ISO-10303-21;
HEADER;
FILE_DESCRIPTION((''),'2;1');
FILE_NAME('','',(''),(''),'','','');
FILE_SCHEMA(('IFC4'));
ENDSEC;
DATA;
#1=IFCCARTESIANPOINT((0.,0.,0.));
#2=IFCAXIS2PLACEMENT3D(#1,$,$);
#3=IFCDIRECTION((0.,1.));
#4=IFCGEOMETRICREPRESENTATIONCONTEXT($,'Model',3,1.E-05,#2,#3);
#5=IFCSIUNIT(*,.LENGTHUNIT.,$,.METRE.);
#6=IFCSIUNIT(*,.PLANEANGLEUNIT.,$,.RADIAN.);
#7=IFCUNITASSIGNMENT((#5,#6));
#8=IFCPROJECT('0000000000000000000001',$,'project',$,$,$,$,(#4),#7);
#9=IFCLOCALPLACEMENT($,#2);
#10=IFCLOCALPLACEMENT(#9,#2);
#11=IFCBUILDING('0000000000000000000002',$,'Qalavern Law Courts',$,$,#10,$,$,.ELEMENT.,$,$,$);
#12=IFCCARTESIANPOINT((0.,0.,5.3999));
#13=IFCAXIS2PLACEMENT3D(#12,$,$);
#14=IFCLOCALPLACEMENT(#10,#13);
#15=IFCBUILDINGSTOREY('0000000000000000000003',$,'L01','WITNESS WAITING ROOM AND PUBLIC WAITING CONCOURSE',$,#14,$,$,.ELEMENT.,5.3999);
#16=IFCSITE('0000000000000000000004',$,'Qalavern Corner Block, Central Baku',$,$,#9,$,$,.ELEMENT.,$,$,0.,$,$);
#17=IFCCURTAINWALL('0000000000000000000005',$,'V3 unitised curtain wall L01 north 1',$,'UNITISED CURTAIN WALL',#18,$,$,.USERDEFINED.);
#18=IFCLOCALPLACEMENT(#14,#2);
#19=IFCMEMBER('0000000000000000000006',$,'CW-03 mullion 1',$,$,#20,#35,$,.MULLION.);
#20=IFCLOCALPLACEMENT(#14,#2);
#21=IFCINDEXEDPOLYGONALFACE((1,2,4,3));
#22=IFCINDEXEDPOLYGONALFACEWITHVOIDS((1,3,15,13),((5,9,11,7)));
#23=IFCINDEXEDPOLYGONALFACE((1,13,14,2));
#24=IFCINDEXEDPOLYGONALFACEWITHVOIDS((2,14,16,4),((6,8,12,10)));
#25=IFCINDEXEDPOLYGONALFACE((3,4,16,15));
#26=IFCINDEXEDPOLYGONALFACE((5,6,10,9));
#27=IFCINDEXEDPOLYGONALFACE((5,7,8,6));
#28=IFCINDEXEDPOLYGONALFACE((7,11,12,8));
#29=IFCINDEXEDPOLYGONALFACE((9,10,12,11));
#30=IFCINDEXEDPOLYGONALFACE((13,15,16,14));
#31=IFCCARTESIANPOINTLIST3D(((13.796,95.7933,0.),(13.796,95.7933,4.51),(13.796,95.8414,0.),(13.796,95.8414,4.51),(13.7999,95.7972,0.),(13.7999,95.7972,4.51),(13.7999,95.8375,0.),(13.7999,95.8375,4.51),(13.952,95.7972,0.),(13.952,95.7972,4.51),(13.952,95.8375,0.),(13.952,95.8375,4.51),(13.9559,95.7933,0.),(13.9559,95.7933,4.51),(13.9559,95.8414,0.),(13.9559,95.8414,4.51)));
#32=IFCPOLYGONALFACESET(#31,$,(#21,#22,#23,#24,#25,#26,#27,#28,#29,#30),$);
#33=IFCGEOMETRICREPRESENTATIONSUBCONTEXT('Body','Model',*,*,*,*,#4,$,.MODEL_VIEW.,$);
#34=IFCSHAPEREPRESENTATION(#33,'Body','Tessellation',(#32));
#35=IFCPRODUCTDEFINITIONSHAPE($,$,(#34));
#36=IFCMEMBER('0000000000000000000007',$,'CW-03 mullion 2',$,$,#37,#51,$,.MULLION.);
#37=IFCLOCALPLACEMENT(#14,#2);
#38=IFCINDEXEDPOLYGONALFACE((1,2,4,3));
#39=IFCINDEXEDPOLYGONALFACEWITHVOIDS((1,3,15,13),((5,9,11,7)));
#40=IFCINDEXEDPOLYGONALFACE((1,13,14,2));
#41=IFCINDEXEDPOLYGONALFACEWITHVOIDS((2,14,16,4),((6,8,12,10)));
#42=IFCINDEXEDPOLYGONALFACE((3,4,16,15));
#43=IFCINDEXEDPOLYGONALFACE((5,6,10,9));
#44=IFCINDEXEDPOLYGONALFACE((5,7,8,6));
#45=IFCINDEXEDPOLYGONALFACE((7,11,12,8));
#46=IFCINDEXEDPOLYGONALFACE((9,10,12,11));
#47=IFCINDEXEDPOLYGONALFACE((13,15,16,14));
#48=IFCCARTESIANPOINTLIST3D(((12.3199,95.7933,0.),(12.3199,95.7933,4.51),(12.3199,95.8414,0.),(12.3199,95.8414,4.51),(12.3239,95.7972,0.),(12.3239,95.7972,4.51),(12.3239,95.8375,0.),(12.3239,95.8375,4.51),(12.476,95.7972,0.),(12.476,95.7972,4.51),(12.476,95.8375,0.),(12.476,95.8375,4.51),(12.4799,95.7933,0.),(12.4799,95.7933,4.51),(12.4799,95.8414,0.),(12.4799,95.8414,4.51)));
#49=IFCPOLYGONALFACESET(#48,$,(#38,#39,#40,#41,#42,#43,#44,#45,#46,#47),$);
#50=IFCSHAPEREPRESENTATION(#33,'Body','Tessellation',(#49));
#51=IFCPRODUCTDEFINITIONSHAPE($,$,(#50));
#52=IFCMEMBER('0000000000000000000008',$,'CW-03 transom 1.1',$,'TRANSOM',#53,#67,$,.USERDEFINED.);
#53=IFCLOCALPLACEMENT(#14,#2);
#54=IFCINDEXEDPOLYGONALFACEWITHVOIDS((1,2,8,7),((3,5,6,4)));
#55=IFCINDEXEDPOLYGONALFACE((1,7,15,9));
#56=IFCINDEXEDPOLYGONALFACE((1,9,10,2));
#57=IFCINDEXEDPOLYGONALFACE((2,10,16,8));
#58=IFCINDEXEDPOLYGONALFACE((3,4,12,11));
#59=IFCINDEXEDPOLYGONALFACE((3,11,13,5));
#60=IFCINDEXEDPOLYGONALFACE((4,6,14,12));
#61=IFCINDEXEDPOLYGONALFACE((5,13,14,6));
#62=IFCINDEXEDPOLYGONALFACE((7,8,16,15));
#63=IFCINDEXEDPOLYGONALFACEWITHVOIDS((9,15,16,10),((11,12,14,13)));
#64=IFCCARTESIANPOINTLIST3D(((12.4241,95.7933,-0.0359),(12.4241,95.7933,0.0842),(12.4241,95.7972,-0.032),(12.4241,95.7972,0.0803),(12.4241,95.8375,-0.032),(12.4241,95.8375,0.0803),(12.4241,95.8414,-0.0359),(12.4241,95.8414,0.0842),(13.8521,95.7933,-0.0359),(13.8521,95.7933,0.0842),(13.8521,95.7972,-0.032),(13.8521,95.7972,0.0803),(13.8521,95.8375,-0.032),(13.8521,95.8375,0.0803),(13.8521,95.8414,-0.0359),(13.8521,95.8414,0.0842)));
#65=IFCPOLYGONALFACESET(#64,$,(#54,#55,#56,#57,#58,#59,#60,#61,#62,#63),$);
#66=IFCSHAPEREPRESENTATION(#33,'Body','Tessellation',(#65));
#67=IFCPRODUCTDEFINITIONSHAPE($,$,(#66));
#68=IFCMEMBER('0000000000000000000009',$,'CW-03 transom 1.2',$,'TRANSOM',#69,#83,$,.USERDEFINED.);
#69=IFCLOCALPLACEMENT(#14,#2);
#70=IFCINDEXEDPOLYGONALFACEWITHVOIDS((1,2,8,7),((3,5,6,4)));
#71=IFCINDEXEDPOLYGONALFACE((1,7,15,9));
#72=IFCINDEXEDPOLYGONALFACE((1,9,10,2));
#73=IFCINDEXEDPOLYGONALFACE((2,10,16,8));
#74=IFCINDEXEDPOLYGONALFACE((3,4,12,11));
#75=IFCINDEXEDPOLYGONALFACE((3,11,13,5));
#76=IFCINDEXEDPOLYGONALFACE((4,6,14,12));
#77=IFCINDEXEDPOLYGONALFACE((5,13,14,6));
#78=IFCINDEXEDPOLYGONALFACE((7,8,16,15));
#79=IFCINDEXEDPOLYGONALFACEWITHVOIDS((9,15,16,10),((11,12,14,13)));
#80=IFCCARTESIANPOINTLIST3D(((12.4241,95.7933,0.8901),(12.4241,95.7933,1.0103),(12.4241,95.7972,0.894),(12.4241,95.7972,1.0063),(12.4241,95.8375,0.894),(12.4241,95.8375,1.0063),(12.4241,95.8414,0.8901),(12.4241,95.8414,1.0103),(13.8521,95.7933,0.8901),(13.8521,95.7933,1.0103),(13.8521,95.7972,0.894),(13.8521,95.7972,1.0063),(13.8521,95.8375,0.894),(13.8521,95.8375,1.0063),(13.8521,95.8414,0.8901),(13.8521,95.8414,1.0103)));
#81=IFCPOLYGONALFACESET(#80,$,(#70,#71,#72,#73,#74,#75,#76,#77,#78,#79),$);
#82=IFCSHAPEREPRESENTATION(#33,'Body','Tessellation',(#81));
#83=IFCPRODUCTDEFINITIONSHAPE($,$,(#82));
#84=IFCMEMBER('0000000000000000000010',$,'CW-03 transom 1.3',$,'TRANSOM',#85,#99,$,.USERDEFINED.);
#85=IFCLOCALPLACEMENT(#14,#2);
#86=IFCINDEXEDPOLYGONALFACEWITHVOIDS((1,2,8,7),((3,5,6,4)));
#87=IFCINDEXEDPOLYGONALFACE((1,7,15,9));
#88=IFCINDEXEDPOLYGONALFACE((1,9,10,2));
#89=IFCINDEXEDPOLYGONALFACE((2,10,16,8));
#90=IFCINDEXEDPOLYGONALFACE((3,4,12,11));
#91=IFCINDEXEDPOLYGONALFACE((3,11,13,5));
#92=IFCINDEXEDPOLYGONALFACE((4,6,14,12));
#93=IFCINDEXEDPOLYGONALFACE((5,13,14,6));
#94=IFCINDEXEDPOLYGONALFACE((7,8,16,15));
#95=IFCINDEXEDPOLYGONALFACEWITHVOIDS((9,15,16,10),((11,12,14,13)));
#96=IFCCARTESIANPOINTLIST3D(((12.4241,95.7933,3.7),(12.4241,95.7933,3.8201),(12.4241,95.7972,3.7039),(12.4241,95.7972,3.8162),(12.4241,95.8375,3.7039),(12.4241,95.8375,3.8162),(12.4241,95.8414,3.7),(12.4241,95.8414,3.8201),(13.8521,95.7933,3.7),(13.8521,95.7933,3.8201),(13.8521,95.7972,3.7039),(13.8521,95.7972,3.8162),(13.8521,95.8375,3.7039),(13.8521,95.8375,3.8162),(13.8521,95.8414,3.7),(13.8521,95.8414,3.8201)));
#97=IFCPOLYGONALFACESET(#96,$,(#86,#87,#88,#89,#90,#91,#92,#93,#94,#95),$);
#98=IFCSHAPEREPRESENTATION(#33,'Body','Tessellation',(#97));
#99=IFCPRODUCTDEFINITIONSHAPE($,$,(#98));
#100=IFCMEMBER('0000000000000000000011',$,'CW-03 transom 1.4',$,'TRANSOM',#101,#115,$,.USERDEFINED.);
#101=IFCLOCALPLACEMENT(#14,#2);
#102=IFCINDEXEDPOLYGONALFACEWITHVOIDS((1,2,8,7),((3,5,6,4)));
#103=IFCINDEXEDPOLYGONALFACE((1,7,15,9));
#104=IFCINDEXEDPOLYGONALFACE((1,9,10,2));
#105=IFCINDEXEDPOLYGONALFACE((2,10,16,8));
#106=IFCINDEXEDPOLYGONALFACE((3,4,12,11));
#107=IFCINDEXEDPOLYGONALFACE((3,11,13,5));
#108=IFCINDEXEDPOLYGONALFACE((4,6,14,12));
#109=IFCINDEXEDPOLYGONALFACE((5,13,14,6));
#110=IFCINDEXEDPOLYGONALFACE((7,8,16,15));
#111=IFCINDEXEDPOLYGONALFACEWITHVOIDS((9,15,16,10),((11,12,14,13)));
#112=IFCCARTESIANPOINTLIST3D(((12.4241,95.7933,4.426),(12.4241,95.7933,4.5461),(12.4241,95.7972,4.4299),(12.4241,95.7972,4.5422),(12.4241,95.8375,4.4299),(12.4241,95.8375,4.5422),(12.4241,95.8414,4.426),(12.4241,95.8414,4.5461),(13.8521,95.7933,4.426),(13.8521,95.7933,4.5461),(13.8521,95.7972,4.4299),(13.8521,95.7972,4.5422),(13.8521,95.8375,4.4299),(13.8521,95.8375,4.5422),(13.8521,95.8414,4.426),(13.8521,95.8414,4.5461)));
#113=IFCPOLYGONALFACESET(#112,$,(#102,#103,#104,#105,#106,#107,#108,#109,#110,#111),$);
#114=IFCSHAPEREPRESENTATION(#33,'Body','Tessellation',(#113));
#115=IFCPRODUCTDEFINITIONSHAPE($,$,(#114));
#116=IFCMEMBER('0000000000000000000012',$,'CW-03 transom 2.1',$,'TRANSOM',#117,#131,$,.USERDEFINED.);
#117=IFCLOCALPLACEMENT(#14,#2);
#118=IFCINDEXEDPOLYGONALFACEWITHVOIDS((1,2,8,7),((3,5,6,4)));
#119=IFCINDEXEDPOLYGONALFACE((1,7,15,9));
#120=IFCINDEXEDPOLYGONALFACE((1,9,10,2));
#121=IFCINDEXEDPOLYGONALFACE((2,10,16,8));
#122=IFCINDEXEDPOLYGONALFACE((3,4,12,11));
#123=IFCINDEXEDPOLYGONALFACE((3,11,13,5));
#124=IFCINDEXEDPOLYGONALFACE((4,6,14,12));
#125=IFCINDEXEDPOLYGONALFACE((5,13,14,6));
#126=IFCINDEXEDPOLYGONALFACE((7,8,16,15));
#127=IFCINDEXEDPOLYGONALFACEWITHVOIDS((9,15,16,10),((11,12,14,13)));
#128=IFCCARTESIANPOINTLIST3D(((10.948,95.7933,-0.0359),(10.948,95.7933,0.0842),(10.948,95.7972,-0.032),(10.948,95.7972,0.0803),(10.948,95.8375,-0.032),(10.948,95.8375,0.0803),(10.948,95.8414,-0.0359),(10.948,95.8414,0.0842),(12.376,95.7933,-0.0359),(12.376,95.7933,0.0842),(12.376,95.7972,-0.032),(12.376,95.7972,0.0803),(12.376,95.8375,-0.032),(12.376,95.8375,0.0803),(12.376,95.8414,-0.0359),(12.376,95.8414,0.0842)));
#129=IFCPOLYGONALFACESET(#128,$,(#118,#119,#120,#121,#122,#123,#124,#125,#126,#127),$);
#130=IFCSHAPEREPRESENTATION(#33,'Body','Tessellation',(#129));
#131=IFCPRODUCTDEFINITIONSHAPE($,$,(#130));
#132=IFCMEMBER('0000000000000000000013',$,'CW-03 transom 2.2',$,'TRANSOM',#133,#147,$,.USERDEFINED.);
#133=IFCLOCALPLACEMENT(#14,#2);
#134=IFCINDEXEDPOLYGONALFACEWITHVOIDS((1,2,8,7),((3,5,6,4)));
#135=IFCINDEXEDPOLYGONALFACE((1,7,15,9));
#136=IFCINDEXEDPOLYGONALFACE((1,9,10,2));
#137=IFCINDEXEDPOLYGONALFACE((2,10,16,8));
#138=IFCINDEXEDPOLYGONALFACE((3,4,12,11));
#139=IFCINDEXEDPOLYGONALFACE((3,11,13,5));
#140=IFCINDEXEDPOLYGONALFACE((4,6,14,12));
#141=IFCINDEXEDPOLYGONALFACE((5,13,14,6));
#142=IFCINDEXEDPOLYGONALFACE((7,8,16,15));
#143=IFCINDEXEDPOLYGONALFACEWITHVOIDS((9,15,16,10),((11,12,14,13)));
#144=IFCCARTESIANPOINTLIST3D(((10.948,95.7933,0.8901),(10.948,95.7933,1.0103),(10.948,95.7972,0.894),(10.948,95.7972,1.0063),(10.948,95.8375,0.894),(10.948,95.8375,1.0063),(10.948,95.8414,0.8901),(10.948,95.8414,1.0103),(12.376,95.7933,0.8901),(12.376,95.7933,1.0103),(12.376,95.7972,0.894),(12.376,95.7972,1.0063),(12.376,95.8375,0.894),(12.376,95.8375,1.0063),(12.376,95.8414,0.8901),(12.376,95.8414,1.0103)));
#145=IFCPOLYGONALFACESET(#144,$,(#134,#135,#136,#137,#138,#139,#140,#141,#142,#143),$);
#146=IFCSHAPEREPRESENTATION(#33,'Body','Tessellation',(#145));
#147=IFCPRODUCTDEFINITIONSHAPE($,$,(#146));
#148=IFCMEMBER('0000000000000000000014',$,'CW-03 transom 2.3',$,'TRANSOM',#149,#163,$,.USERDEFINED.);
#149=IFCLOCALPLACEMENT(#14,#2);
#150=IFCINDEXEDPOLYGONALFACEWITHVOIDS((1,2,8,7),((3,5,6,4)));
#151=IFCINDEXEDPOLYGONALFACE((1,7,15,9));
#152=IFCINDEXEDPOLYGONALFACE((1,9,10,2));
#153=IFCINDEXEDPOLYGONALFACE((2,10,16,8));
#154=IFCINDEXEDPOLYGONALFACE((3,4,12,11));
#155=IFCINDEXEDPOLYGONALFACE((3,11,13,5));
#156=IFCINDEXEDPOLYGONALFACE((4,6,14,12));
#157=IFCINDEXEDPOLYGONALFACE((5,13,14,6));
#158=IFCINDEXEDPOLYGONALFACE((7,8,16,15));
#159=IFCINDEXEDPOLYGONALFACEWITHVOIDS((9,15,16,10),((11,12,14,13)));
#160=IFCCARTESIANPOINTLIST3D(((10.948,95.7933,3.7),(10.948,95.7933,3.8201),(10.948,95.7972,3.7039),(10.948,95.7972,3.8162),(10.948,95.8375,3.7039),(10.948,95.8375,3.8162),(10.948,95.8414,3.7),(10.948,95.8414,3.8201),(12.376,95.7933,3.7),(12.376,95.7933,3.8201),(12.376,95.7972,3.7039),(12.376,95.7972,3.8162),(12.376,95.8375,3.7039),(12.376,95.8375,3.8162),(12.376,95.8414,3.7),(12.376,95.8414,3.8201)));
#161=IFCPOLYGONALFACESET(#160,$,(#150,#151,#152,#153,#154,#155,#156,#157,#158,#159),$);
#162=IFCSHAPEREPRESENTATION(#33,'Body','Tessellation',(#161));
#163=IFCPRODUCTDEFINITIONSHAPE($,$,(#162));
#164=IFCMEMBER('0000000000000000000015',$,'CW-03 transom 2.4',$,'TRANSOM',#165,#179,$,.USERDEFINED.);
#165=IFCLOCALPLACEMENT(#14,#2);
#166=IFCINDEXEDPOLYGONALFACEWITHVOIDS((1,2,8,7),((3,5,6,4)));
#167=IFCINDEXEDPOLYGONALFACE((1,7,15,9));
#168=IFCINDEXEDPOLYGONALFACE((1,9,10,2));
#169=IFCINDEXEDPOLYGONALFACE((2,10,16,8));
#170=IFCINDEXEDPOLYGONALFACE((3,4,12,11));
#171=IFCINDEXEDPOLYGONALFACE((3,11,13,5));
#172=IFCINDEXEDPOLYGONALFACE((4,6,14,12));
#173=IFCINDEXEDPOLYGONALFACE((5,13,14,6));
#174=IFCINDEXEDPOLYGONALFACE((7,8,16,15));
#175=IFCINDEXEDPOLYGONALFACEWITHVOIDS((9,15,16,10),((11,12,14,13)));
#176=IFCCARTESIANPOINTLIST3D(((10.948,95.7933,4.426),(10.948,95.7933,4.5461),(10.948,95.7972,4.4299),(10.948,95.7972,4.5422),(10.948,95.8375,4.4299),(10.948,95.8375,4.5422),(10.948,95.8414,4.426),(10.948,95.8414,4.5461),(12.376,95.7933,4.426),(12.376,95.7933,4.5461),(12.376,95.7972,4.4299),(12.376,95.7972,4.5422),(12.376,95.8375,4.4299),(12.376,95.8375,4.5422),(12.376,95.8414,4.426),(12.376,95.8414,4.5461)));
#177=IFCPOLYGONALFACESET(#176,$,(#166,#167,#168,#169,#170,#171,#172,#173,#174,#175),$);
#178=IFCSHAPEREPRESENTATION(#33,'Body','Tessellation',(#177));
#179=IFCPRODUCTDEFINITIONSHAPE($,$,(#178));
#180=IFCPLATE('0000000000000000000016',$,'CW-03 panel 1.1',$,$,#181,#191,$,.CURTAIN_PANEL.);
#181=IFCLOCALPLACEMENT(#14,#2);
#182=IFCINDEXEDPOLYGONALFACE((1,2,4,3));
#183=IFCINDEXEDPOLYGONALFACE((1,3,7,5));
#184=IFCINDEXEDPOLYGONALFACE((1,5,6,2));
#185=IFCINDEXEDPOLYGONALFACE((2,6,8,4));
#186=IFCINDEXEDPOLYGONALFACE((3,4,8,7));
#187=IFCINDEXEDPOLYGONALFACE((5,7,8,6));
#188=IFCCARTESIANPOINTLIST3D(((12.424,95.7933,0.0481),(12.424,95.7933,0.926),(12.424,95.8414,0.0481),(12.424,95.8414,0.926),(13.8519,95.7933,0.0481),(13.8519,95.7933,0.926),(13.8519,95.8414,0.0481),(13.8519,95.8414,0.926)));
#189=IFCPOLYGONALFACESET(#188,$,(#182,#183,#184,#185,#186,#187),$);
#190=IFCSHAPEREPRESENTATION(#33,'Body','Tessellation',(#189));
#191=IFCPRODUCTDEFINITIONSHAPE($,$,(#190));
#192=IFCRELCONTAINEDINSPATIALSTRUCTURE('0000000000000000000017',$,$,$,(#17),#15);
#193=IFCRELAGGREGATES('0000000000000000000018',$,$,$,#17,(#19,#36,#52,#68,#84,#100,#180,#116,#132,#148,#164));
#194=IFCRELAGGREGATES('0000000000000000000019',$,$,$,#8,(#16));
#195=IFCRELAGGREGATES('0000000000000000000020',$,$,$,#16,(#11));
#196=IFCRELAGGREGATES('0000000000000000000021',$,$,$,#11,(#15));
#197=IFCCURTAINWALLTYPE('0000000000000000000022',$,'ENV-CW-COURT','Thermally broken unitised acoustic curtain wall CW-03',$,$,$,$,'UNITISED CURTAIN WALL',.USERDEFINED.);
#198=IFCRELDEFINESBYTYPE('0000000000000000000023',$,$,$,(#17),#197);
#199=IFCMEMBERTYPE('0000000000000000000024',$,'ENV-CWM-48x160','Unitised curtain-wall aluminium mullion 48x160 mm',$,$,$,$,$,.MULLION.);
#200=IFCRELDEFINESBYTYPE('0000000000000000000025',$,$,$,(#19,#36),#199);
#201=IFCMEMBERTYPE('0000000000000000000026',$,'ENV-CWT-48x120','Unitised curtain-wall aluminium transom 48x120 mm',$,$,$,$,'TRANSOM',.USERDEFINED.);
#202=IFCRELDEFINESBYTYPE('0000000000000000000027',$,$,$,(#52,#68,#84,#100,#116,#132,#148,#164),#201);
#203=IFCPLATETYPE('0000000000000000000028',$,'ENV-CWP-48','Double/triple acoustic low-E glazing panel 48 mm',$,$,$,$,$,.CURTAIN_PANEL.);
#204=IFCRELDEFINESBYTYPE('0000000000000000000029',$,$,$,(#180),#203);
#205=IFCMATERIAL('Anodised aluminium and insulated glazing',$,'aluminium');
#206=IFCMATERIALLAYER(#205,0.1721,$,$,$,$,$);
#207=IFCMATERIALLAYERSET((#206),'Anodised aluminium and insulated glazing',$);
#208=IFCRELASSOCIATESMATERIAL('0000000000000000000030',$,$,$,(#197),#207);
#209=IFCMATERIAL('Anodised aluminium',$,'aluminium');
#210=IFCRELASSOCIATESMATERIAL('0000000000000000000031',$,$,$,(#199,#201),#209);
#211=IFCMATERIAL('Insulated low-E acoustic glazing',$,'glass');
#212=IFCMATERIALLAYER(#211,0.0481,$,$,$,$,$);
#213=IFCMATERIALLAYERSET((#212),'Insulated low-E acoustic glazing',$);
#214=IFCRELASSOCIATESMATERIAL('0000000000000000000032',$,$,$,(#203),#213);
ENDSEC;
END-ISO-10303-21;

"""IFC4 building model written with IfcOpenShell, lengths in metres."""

from ifc_helpers import new_model, si_unit, direction, frame, origin, origin_2d, place, context, subcontext, project, spatial, rectangle, hollow_rectangle, extrude, material, layer, layer_set, material_profile, profile_set, type_object, element, aggregate, save


model = new_model("IFC4")

# Units and contexts
model_context = context("Model", 3, precision=1e-05, world=origin(), true_north=direction((0.0, 1.0)))
body_context = subcontext(model_context, "Body", "Model", "MODEL_VIEW")
ifc_project = project(units=[si_unit("LENGTHUNIT", "METRE"), si_unit("PLANEANGLEUNIT", "RADIAN")], contexts=[model_context])

# Site, building, storey
site_placement = place(None, origin())
site = spatial("IfcSite", under=ifc_project, at=site_placement, Name="Qalavern Corner Block, Central Baku", CompositionType="ELEMENT", RefElevation=0.0)
building_placement = place(site_placement, origin())
building = spatial("IfcBuilding", under=site, at=building_placement, Name="Qalavern Law Courts", CompositionType="ELEMENT")
storey_placement = place(building_placement, frame((0.0, 0.0, 5.3999)))
storey = spatial("IfcBuildingStorey", under=building, at=storey_placement, Name="L01", Description="WITNESS WAITING ROOM AND PUBLIC WAITING CONCOURSE", CompositionType="ELEMENT", Elevation=5.3999)

# Curtain wall, members, plate
ifc_material_1 = material(Name="Anodised aluminium and insulated glazing", Category="aluminium")
ifc_layer_1 = layer(ifc_material_1, 0.1721)
ifc_layer_set_1 = layer_set([ifc_layer_1], Name="Anodised aluminium and insulated glazing")
curtain_wall_type_1 = type_object("IfcCurtainWallType", Name="ENV-CW-COURT", Description="Thermally broken unitised acoustic curtain wall CW-03", ElementType="UNITISED CURTAIN WALL", PredefinedType="USERDEFINED", material=ifc_layer_set_1)
curtain_wall_1_placement = place(storey_placement, origin())
curtain_wall_1 = element("IfcCurtainWall", 1, at=curtain_wall_1_placement, inside=storey, type_object=curtain_wall_type_1, Name="V3 unitised curtain wall L01 north 1", ObjectType="UNITISED CURTAIN WALL", PredefinedType="USERDEFINED")
ifc_material_2 = material(Name="Anodised aluminium", Category="aluminium")
ifc_material_profile_1 = material_profile(ifc_material_2, hollow_rectangle(XDim=0.0481, YDim=0.1599, WallThickness=0.0039, at=origin_2d()), Name="ALU MULLION 48x160")
ifc_profile_set_1 = profile_set([ifc_material_profile_1], Name="Anodised aluminium")
member_type_1 = type_object("IfcMemberType", Name="ENV-CWM-48x160", Description="Unitised curtain-wall aluminium mullion 48x160 mm", PredefinedType="MULLION", material=ifc_profile_set_1)
member_1_placement = place(storey_placement, frame((13.876, 95.8174, 0.0), z_axis=(0.0, 0.0, 1.0), x_axis=(0.0, -1.0, 0.0)))
member_1 = element("IfcMember", 2, at=member_1_placement, type_object=member_type_1, Name="CW-03 mullion 1", PredefinedType="MULLION", context=body_context, shape_type="SweptSolid", body=[
    extrude(hollow_rectangle(XDim=0.0481, YDim=0.1599, WallThickness=0.0039, at=origin_2d()), origin(), (0.0, 0.0, 1.0), 4.51),
])
member_2_placement = place(storey_placement, frame((12.3999, 95.8174, 0.0), z_axis=(0.0, 0.0, 1.0), x_axis=(0.0, -1.0, 0.0)))
member_2 = element("IfcMember", 3, at=member_2_placement, type_object=member_type_1, Name="CW-03 mullion 2", PredefinedType="MULLION", context=body_context, shape_type="SweptSolid", body=[
    extrude(hollow_rectangle(XDim=0.0481, YDim=0.1599, WallThickness=0.0039, at=origin_2d()), origin(), (0.0, 0.0, 1.0), 4.51),
])
ifc_material_profile_2 = material_profile(ifc_material_2, hollow_rectangle(XDim=0.0481, YDim=0.1201, WallThickness=0.0039, at=origin_2d()), Name="ALU TRANSOM 48x120")
ifc_profile_set_2 = profile_set([ifc_material_profile_2], Name="Anodised aluminium")
member_type_2 = type_object("IfcMemberType", Name="ENV-CWT-48x120", Description="Unitised curtain-wall aluminium transom 48x120 mm", ElementType="TRANSOM", PredefinedType="USERDEFINED", material=ifc_profile_set_2)
member_3_placement = place(storey_placement, frame((13.8521, 95.8174, 0.0242), z_axis=(-1.0, 0.0, 0.0), x_axis=(0.0, -1.0, 0.0)))
member_3 = element("IfcMember", 4, at=member_3_placement, type_object=member_type_2, Name="CW-03 transom 1.1", ObjectType="TRANSOM", PredefinedType="USERDEFINED", context=body_context, shape_type="SweptSolid", body=[
    extrude(hollow_rectangle(XDim=0.0481, YDim=0.1201, WallThickness=0.0039, at=origin_2d()), origin(), (0.0, 0.0, 1.0), 1.428),
])
member_4_placement = place(storey_placement, frame((13.8521, 95.8174, 0.9502), z_axis=(-1.0, 0.0, 0.0), x_axis=(0.0, -1.0, 0.0)))
member_4 = element("IfcMember", 5, at=member_4_placement, type_object=member_type_2, Name="CW-03 transom 1.2", ObjectType="TRANSOM", PredefinedType="USERDEFINED", context=body_context, shape_type="SweptSolid", body=[
    extrude(hollow_rectangle(XDim=0.0481, YDim=0.1201, WallThickness=0.0039, at=origin_2d()), origin(), (0.0, 0.0, 1.0), 1.428),
])
member_5_placement = place(storey_placement, frame((13.8521, 95.8174, 3.76), z_axis=(-1.0, 0.0, 0.0), x_axis=(0.0, -1.0, 0.0)))
member_5 = element("IfcMember", 6, at=member_5_placement, type_object=member_type_2, Name="CW-03 transom 1.3", ObjectType="TRANSOM", PredefinedType="USERDEFINED", context=body_context, shape_type="SweptSolid", body=[
    extrude(hollow_rectangle(XDim=0.0481, YDim=0.1201, WallThickness=0.0039, at=origin_2d()), origin(), (0.0, 0.0, 1.0), 1.428),
])
member_6_placement = place(storey_placement, frame((13.8521, 95.8174, 4.4861), z_axis=(-1.0, 0.0, 0.0), x_axis=(0.0, -1.0, 0.0)))
member_6 = element("IfcMember", 7, at=member_6_placement, type_object=member_type_2, Name="CW-03 transom 1.4", ObjectType="TRANSOM", PredefinedType="USERDEFINED", context=body_context, shape_type="SweptSolid", body=[
    extrude(hollow_rectangle(XDim=0.0481, YDim=0.1201, WallThickness=0.0039, at=origin_2d()), origin(), (0.0, 0.0, 1.0), 1.428),
])
member_7_placement = place(storey_placement, frame((12.376, 95.8174, 0.0242), z_axis=(-1.0, 0.0, 0.0), x_axis=(0.0, -1.0, 0.0)))
member_7 = element("IfcMember", 8, at=member_7_placement, type_object=member_type_2, Name="CW-03 transom 2.1", ObjectType="TRANSOM", PredefinedType="USERDEFINED", context=body_context, shape_type="SweptSolid", body=[
    extrude(hollow_rectangle(XDim=0.0481, YDim=0.1201, WallThickness=0.0039, at=origin_2d()), origin(), (0.0, 0.0, 1.0), 1.428),
])
member_8_placement = place(storey_placement, frame((12.376, 95.8174, 0.9502), z_axis=(-1.0, 0.0, 0.0), x_axis=(0.0, -1.0, 0.0)))
member_8 = element("IfcMember", 9, at=member_8_placement, type_object=member_type_2, Name="CW-03 transom 2.2", ObjectType="TRANSOM", PredefinedType="USERDEFINED", context=body_context, shape_type="SweptSolid", body=[
    extrude(hollow_rectangle(XDim=0.0481, YDim=0.1201, WallThickness=0.0039, at=origin_2d()), origin(), (0.0, 0.0, 1.0), 1.428),
])
member_9_placement = place(storey_placement, frame((12.376, 95.8174, 3.76), z_axis=(-1.0, 0.0, 0.0), x_axis=(0.0, -1.0, 0.0)))
member_9 = element("IfcMember", 10, at=member_9_placement, type_object=member_type_2, Name="CW-03 transom 2.3", ObjectType="TRANSOM", PredefinedType="USERDEFINED", context=body_context, shape_type="SweptSolid", body=[
    extrude(hollow_rectangle(XDim=0.0481, YDim=0.1201, WallThickness=0.0039, at=origin_2d()), origin(), (0.0, 0.0, 1.0), 1.428),
])
member_10_placement = place(storey_placement, frame((12.376, 95.8174, 4.4861), z_axis=(-1.0, 0.0, 0.0), x_axis=(0.0, -1.0, 0.0)))
member_10 = element("IfcMember", 11, at=member_10_placement, type_object=member_type_2, Name="CW-03 transom 2.4", ObjectType="TRANSOM", PredefinedType="USERDEFINED", context=body_context, shape_type="SweptSolid", body=[
    extrude(hollow_rectangle(XDim=0.0481, YDim=0.1201, WallThickness=0.0039, at=origin_2d()), origin(), (0.0, 0.0, 1.0), 1.428),
])
ifc_material_3 = material(Name="Insulated low-E acoustic glazing", Category="glass")
ifc_layer_2 = layer(ifc_material_3, 0.0481)
ifc_layer_set_2 = layer_set([ifc_layer_2], Name="Insulated low-E acoustic glazing")
plate_type = type_object("IfcPlateType", Name="ENV-CWP-48", Description="Double/triple acoustic low-E glazing panel 48 mm", PredefinedType="CURTAIN_PANEL", material=ifc_layer_set_2)
plate_1_placement = place(storey_placement, frame((13.1379, 95.8174, 0.0481), z_axis=(0.0, 0.0, 1.0), x_axis=(-1.0, 0.0, 0.0)))
plate_1 = element("IfcPlate", 12, at=plate_1_placement, type_object=plate_type, Name="CW-03 panel 1.1", PredefinedType="CURTAIN_PANEL", context=body_context, shape_type="SweptSolid", body=[
    extrude(rectangle(XDim=1.428, YDim=0.0481, at=origin_2d()), origin(), (0.0, 0.0, 1.0), 0.8779),
])
aggregate(curtain_wall_1, [member_1, member_2, member_3, member_4, member_5, member_6, plate_1, member_7, member_8, member_9, member_10])

save(model, "model.ifc")
